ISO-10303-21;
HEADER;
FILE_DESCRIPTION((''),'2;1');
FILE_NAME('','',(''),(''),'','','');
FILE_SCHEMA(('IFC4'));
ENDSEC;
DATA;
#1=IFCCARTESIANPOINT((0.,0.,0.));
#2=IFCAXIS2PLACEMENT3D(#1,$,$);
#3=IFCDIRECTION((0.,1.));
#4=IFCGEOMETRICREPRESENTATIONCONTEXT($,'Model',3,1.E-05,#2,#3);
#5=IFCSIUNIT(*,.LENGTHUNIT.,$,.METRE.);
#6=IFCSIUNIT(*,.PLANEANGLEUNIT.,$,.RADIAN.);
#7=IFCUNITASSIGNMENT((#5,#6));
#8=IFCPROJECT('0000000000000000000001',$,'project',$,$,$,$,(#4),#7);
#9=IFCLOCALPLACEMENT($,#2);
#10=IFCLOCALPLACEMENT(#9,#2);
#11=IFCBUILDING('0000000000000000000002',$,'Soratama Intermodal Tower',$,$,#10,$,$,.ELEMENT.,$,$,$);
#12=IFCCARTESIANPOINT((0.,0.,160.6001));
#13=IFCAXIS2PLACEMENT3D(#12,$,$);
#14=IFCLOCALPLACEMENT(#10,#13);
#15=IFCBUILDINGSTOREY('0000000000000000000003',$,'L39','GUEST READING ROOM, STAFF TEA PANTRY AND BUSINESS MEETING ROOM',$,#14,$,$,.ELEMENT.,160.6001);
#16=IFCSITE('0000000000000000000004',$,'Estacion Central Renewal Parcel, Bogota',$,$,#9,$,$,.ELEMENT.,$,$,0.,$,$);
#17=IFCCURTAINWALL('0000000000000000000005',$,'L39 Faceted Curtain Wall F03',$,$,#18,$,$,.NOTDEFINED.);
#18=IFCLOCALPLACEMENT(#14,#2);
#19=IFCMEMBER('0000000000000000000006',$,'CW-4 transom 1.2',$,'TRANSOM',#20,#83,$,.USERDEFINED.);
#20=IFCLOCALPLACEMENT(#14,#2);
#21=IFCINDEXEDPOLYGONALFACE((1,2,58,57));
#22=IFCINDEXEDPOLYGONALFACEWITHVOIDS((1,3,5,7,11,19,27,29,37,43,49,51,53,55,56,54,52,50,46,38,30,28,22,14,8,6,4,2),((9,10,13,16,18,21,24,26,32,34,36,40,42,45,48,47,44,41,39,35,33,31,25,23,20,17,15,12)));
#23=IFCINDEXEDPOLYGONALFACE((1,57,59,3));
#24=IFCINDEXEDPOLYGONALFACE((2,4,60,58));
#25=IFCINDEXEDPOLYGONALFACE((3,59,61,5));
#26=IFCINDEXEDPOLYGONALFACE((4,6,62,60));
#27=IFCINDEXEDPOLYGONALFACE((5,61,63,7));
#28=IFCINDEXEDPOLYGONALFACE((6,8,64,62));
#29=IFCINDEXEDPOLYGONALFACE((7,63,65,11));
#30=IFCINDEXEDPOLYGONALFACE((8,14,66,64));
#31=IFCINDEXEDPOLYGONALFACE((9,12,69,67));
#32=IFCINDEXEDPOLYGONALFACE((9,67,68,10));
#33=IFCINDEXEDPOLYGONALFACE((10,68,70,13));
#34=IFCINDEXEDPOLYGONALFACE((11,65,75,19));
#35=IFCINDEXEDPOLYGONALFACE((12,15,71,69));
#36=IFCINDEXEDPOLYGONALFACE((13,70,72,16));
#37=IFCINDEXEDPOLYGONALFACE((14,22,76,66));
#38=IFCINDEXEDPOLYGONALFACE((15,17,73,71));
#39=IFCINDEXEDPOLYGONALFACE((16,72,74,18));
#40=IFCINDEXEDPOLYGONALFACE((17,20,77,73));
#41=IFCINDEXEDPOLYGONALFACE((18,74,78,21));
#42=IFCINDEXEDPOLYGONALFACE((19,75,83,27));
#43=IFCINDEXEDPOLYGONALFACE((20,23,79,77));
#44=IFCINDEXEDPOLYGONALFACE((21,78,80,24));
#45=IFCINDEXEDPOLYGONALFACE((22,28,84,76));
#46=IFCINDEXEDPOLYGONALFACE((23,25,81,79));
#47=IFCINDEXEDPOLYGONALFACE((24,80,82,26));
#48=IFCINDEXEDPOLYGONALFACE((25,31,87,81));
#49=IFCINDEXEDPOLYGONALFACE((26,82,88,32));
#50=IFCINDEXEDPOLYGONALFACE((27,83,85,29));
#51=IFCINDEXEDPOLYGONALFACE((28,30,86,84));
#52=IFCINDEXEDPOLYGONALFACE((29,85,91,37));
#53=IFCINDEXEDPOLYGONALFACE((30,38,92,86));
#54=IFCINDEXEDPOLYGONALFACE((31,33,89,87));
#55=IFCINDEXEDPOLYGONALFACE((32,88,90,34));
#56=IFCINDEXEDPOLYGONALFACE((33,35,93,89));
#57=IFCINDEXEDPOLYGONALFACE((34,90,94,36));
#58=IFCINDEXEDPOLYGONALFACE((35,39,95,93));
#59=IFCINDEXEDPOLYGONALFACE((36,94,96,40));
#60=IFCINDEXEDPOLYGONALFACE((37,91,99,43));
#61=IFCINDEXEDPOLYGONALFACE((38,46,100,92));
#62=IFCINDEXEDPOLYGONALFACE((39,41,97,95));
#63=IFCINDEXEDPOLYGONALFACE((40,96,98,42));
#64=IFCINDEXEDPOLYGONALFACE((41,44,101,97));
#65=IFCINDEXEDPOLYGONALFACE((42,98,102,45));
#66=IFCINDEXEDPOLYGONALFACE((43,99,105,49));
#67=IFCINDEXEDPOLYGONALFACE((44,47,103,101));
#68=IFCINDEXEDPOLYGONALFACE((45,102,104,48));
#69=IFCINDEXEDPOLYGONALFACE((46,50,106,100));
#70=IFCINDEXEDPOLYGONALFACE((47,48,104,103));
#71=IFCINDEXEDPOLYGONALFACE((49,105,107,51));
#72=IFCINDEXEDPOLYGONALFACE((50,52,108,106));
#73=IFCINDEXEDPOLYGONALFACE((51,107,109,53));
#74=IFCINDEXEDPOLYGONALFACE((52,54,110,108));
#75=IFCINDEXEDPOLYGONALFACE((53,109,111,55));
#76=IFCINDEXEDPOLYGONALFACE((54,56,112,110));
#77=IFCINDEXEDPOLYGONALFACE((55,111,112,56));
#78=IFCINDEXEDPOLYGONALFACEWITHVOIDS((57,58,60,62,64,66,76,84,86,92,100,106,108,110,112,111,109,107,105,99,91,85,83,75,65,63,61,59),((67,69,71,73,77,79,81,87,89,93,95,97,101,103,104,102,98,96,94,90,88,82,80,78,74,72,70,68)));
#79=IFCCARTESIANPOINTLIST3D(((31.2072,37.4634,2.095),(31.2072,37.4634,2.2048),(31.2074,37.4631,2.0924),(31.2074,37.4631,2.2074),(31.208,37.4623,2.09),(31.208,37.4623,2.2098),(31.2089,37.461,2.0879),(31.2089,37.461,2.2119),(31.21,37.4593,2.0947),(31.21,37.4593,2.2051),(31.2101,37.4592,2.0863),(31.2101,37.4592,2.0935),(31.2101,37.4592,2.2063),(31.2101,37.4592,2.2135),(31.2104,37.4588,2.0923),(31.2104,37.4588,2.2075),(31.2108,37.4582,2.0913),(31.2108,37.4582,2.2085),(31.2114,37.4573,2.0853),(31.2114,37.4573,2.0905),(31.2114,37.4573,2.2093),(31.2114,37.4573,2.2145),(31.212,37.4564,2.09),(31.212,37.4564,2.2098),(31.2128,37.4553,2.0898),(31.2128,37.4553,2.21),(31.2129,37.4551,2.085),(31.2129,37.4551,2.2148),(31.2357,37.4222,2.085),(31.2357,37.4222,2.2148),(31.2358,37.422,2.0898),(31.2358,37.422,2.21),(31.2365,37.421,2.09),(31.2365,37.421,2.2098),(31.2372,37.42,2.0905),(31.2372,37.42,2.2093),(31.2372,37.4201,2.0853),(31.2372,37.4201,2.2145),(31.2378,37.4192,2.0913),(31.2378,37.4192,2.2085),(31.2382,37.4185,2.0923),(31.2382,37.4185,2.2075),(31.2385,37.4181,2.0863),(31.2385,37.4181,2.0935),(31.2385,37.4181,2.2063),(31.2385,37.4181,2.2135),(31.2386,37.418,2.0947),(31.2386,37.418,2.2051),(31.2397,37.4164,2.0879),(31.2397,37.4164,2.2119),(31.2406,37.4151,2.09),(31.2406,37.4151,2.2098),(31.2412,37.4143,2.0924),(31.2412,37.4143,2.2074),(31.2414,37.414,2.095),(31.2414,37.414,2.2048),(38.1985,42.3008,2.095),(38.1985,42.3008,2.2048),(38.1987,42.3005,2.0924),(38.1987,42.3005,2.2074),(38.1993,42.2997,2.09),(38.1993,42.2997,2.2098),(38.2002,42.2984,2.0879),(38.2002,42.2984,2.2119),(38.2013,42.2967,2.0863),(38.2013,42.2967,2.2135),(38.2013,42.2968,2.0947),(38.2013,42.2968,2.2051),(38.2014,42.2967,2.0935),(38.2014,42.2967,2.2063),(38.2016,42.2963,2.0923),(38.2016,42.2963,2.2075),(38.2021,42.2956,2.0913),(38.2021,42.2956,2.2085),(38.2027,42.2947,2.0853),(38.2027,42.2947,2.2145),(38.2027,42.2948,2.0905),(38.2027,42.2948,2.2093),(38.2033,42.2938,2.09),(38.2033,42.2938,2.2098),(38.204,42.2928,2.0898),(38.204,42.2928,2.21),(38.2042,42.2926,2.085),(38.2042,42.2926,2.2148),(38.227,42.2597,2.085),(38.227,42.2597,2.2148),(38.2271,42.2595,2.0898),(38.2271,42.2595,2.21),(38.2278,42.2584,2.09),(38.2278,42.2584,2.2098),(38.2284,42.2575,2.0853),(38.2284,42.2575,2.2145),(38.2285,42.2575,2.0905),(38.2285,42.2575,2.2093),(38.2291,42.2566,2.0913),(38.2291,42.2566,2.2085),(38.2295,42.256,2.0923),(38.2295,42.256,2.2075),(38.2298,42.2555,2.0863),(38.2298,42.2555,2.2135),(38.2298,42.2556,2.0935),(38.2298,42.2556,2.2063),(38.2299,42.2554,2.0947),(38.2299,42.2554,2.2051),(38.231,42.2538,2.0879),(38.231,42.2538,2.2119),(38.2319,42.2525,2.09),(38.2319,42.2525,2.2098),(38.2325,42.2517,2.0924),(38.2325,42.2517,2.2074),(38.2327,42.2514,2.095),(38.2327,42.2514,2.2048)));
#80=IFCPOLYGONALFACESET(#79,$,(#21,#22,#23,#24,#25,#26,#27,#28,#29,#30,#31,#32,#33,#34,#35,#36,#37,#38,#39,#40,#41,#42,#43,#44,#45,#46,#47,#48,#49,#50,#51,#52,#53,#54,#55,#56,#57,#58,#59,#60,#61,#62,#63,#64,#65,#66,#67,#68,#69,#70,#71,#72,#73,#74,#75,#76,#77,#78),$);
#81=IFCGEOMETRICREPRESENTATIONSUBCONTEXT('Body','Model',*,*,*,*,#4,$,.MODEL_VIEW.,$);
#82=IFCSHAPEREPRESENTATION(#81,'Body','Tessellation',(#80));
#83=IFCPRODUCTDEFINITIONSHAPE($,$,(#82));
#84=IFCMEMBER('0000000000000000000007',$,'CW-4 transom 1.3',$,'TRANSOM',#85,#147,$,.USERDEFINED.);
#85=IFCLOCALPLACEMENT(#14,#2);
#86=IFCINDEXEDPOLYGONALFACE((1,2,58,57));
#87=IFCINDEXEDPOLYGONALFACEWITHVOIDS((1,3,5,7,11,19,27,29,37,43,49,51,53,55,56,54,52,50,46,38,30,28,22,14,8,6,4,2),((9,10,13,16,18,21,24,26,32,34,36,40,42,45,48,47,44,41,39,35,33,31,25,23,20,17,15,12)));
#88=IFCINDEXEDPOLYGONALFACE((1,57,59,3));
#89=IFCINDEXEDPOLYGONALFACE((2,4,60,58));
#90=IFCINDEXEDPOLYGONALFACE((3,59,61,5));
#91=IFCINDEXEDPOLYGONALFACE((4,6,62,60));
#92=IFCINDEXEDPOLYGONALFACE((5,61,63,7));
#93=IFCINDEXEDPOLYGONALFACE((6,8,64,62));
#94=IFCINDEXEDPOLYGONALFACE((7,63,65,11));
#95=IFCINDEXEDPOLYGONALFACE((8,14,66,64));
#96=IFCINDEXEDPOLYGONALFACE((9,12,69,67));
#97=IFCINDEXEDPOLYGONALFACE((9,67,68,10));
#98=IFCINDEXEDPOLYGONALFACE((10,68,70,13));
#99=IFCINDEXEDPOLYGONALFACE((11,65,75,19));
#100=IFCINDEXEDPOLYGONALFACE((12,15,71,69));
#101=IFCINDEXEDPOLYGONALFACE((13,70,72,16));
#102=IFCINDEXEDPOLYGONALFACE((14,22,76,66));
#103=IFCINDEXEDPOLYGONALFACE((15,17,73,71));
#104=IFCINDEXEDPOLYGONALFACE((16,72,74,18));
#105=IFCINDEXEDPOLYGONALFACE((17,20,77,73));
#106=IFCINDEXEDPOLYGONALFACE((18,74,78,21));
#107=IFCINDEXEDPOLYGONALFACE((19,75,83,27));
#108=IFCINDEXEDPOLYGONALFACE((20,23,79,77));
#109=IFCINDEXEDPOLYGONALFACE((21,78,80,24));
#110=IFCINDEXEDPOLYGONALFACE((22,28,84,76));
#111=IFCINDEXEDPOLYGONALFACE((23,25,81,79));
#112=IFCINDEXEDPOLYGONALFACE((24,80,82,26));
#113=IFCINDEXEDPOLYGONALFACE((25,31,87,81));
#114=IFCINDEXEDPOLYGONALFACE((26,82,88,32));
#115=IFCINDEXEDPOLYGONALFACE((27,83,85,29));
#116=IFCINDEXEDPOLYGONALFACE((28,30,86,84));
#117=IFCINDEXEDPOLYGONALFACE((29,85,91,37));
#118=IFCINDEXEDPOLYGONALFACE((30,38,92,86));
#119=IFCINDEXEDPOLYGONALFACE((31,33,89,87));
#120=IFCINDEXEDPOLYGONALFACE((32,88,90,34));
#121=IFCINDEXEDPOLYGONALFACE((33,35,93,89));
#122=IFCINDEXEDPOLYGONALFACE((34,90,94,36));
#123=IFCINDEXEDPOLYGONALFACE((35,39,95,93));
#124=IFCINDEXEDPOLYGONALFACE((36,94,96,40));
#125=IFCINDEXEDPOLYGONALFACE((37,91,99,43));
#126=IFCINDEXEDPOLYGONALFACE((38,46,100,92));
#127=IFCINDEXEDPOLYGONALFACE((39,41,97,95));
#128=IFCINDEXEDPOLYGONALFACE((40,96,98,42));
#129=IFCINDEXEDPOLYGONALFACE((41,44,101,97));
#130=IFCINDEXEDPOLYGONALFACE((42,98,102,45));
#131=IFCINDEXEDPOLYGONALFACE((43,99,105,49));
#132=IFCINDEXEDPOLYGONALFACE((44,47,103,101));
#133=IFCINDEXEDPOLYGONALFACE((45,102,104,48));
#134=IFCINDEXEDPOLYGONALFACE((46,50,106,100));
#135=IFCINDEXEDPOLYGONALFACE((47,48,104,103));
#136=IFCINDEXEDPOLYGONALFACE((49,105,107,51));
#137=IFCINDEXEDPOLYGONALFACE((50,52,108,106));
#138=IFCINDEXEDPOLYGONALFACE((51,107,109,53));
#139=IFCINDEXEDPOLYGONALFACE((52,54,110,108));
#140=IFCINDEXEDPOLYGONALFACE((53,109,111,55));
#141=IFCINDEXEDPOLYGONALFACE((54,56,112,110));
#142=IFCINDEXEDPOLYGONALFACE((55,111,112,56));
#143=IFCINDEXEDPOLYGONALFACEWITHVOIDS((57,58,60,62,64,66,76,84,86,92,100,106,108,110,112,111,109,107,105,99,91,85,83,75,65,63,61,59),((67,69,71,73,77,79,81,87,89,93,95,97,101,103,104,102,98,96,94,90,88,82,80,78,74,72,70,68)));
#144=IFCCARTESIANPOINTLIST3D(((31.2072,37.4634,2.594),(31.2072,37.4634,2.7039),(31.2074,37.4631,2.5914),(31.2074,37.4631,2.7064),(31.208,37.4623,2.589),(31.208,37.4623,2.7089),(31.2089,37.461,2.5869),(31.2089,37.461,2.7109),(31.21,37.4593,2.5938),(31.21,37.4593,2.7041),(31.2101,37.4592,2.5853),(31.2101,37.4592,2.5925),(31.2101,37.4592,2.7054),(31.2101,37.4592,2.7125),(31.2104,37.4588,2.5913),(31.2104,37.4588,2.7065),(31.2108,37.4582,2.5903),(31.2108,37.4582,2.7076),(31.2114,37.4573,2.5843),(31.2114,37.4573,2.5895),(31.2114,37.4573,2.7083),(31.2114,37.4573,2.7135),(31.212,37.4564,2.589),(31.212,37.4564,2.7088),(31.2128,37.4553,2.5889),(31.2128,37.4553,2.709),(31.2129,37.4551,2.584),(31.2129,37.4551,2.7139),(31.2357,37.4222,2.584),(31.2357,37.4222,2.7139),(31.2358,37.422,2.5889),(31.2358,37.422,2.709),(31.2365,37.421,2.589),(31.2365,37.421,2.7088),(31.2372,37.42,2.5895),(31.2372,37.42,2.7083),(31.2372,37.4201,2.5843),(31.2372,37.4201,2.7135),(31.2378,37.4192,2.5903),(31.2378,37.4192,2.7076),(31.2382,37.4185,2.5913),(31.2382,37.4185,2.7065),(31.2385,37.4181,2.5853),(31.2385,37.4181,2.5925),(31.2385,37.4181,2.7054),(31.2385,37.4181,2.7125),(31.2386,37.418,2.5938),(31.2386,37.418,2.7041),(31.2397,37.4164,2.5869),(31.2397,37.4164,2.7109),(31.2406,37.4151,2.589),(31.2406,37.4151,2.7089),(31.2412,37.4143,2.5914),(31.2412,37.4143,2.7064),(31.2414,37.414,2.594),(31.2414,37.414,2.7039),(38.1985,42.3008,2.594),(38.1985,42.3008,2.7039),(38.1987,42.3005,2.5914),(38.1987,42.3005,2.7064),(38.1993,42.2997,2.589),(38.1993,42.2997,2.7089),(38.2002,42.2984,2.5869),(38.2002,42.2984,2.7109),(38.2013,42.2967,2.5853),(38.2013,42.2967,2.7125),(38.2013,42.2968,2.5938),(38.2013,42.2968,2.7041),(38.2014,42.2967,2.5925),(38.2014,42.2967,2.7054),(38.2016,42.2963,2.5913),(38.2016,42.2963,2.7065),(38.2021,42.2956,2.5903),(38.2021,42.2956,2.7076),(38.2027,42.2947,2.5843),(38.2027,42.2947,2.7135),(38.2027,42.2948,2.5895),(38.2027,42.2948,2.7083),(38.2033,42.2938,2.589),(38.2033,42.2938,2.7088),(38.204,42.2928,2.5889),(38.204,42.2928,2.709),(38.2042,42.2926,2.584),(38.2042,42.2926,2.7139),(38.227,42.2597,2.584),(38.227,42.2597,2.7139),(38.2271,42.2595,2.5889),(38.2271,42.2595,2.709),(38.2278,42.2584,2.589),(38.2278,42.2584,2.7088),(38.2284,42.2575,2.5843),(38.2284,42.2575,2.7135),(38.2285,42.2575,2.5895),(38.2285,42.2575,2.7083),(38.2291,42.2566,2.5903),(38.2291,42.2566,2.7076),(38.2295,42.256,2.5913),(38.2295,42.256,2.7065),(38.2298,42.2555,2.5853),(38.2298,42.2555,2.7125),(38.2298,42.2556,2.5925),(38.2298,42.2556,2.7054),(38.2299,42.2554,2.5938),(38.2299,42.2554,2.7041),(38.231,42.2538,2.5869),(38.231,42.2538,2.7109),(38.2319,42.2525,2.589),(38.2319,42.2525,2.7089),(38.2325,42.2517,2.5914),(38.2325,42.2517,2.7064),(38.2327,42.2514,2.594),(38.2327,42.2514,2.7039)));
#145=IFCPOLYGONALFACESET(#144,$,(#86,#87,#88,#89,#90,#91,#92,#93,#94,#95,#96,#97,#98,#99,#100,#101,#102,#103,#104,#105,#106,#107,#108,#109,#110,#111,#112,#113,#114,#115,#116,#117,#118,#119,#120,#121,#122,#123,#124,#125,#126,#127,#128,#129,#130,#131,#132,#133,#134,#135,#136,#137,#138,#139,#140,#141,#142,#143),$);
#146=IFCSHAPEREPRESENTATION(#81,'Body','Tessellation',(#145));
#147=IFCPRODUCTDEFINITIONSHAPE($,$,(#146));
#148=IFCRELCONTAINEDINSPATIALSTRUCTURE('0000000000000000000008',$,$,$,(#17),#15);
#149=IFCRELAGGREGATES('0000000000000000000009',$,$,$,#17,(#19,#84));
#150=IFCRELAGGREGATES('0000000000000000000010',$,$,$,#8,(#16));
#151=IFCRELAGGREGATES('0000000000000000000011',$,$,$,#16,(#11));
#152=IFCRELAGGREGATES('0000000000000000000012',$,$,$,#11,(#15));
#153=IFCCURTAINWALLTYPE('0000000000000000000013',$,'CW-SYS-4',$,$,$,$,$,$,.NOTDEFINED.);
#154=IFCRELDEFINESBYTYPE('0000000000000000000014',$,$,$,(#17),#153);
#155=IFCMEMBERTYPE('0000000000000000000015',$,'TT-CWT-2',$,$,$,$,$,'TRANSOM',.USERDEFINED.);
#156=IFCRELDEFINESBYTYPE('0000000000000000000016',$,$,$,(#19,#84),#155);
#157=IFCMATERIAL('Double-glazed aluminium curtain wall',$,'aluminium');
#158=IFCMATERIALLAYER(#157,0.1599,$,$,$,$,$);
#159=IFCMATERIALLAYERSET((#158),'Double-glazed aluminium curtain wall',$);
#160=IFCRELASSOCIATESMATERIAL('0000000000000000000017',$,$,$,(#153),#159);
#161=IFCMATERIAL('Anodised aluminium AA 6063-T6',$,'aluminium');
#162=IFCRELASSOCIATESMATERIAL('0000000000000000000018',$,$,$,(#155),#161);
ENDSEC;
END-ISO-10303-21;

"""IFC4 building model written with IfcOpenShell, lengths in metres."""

from ifc_helpers import new_model, si_unit, direction, frame, origin, origin_2d, place, context, subcontext, project, spatial, hollow_rectangle, extrude, material, layer, layer_set, material_profile, profile_set, type_object, element, aggregate, save


model = new_model("IFC4")

# Units and contexts
model_context = context("Model", 3, precision=1e-05, world=origin(), true_north=direction((0.0, 1.0)))
body_context = subcontext(model_context, "Body", "Model", "MODEL_VIEW")
ifc_project = project(units=[si_unit("LENGTHUNIT", "METRE"), si_unit("PLANEANGLEUNIT", "RADIAN")], contexts=[model_context])

# Site, building, storey
site_placement = place(None, origin())
site = spatial("IfcSite", under=ifc_project, at=site_placement, Name="Estacion Central Renewal Parcel, Bogota", CompositionType="ELEMENT", RefElevation=0.0)
building_placement = place(site_placement, origin())
building = spatial("IfcBuilding", under=site, at=building_placement, Name="Soratama Intermodal Tower", CompositionType="ELEMENT")
storey_placement = place(building_placement, frame((0.0, 0.0, 160.6001)))
storey = spatial("IfcBuildingStorey", under=building, at=storey_placement, Name="L39", Description="GUEST READING ROOM, STAFF TEA PANTRY AND BUSINESS MEETING ROOM", CompositionType="ELEMENT", Elevation=160.6001)

# Curtain wall
ifc_material_1 = material(Name="Double-glazed aluminium curtain wall", Category="aluminium")
ifc_layer_1 = layer(ifc_material_1, 0.1599)
ifc_layer_set_1 = layer_set([ifc_layer_1], Name="Double-glazed aluminium curtain wall")
curtain_wall_type = type_object("IfcCurtainWallType", Name="CW-SYS-4", PredefinedType="NOTDEFINED", material=ifc_layer_set_1)
curtain_wall_1_placement = place(storey_placement, origin())
curtain_wall_1 = element("IfcCurtainWall", 1, at=curtain_wall_1_placement, inside=storey, type_object=curtain_wall_type, Name="L39 Faceted Curtain Wall F03", PredefinedType="NOTDEFINED")

# Members
ifc_material_2 = material(Name="Anodised aluminium AA 6063-T6", Category="aluminium")
ifc_material_profile_1 = material_profile(ifc_material_2, hollow_rectangle(XDim=0.0601, YDim=0.1299, WallThickness=0.0049, InnerFilletRadius=0.0049, OuterFilletRadius=0.01, at=origin_2d()), Name="CWT130X60X5")
ifc_profile_set_1 = profile_set([ifc_material_profile_1], Name="Anodised aluminium AA 6063-T6")
member_type_1 = type_object("IfcMemberType", Name="TT-CWT-2", ElementType="TRANSOM", PredefinedType="USERDEFINED", material=ifc_profile_set_1)
member_1_placement = place(storey_placement, frame((38.2156, 42.2761, 2.1499), z_axis=(-0.822339, -0.568998, 0.0), x_axis=(0.568998, -0.822339, 0.0)))
member_1 = element("IfcMember", 2, at=member_1_placement, type_object=member_type_1, Name="CW-4 transom 1.2", ObjectType="TRANSOM", PredefinedType="USERDEFINED", context=body_context, shape_type="SweptSolid", body=[
    extrude(hollow_rectangle(XDim=0.0601, YDim=0.1299, WallThickness=0.0049, InnerFilletRadius=0.0049, OuterFilletRadius=0.01, at=origin_2d()), origin(), (0.0, 0.0, 1.0), 8.5017),
])
member_2_placement = place(storey_placement, frame((38.2156, 42.2761, 2.6489), z_axis=(-0.822339, -0.568998, 0.0), x_axis=(0.568998, -0.822339, 0.0)))
member_2 = element("IfcMember", 3, at=member_2_placement, type_object=member_type_1, Name="CW-4 transom 1.3", ObjectType="TRANSOM", PredefinedType="USERDEFINED", context=body_context, shape_type="SweptSolid", body=[
    extrude(hollow_rectangle(XDim=0.0601, YDim=0.1299, WallThickness=0.0049, InnerFilletRadius=0.0049, OuterFilletRadius=0.01, at=origin_2d()), origin(), (0.0, 0.0, 1.0), 8.5017),
])

aggregate(curtain_wall_1, [member_1, member_2])

save(model, "model.ifc")
